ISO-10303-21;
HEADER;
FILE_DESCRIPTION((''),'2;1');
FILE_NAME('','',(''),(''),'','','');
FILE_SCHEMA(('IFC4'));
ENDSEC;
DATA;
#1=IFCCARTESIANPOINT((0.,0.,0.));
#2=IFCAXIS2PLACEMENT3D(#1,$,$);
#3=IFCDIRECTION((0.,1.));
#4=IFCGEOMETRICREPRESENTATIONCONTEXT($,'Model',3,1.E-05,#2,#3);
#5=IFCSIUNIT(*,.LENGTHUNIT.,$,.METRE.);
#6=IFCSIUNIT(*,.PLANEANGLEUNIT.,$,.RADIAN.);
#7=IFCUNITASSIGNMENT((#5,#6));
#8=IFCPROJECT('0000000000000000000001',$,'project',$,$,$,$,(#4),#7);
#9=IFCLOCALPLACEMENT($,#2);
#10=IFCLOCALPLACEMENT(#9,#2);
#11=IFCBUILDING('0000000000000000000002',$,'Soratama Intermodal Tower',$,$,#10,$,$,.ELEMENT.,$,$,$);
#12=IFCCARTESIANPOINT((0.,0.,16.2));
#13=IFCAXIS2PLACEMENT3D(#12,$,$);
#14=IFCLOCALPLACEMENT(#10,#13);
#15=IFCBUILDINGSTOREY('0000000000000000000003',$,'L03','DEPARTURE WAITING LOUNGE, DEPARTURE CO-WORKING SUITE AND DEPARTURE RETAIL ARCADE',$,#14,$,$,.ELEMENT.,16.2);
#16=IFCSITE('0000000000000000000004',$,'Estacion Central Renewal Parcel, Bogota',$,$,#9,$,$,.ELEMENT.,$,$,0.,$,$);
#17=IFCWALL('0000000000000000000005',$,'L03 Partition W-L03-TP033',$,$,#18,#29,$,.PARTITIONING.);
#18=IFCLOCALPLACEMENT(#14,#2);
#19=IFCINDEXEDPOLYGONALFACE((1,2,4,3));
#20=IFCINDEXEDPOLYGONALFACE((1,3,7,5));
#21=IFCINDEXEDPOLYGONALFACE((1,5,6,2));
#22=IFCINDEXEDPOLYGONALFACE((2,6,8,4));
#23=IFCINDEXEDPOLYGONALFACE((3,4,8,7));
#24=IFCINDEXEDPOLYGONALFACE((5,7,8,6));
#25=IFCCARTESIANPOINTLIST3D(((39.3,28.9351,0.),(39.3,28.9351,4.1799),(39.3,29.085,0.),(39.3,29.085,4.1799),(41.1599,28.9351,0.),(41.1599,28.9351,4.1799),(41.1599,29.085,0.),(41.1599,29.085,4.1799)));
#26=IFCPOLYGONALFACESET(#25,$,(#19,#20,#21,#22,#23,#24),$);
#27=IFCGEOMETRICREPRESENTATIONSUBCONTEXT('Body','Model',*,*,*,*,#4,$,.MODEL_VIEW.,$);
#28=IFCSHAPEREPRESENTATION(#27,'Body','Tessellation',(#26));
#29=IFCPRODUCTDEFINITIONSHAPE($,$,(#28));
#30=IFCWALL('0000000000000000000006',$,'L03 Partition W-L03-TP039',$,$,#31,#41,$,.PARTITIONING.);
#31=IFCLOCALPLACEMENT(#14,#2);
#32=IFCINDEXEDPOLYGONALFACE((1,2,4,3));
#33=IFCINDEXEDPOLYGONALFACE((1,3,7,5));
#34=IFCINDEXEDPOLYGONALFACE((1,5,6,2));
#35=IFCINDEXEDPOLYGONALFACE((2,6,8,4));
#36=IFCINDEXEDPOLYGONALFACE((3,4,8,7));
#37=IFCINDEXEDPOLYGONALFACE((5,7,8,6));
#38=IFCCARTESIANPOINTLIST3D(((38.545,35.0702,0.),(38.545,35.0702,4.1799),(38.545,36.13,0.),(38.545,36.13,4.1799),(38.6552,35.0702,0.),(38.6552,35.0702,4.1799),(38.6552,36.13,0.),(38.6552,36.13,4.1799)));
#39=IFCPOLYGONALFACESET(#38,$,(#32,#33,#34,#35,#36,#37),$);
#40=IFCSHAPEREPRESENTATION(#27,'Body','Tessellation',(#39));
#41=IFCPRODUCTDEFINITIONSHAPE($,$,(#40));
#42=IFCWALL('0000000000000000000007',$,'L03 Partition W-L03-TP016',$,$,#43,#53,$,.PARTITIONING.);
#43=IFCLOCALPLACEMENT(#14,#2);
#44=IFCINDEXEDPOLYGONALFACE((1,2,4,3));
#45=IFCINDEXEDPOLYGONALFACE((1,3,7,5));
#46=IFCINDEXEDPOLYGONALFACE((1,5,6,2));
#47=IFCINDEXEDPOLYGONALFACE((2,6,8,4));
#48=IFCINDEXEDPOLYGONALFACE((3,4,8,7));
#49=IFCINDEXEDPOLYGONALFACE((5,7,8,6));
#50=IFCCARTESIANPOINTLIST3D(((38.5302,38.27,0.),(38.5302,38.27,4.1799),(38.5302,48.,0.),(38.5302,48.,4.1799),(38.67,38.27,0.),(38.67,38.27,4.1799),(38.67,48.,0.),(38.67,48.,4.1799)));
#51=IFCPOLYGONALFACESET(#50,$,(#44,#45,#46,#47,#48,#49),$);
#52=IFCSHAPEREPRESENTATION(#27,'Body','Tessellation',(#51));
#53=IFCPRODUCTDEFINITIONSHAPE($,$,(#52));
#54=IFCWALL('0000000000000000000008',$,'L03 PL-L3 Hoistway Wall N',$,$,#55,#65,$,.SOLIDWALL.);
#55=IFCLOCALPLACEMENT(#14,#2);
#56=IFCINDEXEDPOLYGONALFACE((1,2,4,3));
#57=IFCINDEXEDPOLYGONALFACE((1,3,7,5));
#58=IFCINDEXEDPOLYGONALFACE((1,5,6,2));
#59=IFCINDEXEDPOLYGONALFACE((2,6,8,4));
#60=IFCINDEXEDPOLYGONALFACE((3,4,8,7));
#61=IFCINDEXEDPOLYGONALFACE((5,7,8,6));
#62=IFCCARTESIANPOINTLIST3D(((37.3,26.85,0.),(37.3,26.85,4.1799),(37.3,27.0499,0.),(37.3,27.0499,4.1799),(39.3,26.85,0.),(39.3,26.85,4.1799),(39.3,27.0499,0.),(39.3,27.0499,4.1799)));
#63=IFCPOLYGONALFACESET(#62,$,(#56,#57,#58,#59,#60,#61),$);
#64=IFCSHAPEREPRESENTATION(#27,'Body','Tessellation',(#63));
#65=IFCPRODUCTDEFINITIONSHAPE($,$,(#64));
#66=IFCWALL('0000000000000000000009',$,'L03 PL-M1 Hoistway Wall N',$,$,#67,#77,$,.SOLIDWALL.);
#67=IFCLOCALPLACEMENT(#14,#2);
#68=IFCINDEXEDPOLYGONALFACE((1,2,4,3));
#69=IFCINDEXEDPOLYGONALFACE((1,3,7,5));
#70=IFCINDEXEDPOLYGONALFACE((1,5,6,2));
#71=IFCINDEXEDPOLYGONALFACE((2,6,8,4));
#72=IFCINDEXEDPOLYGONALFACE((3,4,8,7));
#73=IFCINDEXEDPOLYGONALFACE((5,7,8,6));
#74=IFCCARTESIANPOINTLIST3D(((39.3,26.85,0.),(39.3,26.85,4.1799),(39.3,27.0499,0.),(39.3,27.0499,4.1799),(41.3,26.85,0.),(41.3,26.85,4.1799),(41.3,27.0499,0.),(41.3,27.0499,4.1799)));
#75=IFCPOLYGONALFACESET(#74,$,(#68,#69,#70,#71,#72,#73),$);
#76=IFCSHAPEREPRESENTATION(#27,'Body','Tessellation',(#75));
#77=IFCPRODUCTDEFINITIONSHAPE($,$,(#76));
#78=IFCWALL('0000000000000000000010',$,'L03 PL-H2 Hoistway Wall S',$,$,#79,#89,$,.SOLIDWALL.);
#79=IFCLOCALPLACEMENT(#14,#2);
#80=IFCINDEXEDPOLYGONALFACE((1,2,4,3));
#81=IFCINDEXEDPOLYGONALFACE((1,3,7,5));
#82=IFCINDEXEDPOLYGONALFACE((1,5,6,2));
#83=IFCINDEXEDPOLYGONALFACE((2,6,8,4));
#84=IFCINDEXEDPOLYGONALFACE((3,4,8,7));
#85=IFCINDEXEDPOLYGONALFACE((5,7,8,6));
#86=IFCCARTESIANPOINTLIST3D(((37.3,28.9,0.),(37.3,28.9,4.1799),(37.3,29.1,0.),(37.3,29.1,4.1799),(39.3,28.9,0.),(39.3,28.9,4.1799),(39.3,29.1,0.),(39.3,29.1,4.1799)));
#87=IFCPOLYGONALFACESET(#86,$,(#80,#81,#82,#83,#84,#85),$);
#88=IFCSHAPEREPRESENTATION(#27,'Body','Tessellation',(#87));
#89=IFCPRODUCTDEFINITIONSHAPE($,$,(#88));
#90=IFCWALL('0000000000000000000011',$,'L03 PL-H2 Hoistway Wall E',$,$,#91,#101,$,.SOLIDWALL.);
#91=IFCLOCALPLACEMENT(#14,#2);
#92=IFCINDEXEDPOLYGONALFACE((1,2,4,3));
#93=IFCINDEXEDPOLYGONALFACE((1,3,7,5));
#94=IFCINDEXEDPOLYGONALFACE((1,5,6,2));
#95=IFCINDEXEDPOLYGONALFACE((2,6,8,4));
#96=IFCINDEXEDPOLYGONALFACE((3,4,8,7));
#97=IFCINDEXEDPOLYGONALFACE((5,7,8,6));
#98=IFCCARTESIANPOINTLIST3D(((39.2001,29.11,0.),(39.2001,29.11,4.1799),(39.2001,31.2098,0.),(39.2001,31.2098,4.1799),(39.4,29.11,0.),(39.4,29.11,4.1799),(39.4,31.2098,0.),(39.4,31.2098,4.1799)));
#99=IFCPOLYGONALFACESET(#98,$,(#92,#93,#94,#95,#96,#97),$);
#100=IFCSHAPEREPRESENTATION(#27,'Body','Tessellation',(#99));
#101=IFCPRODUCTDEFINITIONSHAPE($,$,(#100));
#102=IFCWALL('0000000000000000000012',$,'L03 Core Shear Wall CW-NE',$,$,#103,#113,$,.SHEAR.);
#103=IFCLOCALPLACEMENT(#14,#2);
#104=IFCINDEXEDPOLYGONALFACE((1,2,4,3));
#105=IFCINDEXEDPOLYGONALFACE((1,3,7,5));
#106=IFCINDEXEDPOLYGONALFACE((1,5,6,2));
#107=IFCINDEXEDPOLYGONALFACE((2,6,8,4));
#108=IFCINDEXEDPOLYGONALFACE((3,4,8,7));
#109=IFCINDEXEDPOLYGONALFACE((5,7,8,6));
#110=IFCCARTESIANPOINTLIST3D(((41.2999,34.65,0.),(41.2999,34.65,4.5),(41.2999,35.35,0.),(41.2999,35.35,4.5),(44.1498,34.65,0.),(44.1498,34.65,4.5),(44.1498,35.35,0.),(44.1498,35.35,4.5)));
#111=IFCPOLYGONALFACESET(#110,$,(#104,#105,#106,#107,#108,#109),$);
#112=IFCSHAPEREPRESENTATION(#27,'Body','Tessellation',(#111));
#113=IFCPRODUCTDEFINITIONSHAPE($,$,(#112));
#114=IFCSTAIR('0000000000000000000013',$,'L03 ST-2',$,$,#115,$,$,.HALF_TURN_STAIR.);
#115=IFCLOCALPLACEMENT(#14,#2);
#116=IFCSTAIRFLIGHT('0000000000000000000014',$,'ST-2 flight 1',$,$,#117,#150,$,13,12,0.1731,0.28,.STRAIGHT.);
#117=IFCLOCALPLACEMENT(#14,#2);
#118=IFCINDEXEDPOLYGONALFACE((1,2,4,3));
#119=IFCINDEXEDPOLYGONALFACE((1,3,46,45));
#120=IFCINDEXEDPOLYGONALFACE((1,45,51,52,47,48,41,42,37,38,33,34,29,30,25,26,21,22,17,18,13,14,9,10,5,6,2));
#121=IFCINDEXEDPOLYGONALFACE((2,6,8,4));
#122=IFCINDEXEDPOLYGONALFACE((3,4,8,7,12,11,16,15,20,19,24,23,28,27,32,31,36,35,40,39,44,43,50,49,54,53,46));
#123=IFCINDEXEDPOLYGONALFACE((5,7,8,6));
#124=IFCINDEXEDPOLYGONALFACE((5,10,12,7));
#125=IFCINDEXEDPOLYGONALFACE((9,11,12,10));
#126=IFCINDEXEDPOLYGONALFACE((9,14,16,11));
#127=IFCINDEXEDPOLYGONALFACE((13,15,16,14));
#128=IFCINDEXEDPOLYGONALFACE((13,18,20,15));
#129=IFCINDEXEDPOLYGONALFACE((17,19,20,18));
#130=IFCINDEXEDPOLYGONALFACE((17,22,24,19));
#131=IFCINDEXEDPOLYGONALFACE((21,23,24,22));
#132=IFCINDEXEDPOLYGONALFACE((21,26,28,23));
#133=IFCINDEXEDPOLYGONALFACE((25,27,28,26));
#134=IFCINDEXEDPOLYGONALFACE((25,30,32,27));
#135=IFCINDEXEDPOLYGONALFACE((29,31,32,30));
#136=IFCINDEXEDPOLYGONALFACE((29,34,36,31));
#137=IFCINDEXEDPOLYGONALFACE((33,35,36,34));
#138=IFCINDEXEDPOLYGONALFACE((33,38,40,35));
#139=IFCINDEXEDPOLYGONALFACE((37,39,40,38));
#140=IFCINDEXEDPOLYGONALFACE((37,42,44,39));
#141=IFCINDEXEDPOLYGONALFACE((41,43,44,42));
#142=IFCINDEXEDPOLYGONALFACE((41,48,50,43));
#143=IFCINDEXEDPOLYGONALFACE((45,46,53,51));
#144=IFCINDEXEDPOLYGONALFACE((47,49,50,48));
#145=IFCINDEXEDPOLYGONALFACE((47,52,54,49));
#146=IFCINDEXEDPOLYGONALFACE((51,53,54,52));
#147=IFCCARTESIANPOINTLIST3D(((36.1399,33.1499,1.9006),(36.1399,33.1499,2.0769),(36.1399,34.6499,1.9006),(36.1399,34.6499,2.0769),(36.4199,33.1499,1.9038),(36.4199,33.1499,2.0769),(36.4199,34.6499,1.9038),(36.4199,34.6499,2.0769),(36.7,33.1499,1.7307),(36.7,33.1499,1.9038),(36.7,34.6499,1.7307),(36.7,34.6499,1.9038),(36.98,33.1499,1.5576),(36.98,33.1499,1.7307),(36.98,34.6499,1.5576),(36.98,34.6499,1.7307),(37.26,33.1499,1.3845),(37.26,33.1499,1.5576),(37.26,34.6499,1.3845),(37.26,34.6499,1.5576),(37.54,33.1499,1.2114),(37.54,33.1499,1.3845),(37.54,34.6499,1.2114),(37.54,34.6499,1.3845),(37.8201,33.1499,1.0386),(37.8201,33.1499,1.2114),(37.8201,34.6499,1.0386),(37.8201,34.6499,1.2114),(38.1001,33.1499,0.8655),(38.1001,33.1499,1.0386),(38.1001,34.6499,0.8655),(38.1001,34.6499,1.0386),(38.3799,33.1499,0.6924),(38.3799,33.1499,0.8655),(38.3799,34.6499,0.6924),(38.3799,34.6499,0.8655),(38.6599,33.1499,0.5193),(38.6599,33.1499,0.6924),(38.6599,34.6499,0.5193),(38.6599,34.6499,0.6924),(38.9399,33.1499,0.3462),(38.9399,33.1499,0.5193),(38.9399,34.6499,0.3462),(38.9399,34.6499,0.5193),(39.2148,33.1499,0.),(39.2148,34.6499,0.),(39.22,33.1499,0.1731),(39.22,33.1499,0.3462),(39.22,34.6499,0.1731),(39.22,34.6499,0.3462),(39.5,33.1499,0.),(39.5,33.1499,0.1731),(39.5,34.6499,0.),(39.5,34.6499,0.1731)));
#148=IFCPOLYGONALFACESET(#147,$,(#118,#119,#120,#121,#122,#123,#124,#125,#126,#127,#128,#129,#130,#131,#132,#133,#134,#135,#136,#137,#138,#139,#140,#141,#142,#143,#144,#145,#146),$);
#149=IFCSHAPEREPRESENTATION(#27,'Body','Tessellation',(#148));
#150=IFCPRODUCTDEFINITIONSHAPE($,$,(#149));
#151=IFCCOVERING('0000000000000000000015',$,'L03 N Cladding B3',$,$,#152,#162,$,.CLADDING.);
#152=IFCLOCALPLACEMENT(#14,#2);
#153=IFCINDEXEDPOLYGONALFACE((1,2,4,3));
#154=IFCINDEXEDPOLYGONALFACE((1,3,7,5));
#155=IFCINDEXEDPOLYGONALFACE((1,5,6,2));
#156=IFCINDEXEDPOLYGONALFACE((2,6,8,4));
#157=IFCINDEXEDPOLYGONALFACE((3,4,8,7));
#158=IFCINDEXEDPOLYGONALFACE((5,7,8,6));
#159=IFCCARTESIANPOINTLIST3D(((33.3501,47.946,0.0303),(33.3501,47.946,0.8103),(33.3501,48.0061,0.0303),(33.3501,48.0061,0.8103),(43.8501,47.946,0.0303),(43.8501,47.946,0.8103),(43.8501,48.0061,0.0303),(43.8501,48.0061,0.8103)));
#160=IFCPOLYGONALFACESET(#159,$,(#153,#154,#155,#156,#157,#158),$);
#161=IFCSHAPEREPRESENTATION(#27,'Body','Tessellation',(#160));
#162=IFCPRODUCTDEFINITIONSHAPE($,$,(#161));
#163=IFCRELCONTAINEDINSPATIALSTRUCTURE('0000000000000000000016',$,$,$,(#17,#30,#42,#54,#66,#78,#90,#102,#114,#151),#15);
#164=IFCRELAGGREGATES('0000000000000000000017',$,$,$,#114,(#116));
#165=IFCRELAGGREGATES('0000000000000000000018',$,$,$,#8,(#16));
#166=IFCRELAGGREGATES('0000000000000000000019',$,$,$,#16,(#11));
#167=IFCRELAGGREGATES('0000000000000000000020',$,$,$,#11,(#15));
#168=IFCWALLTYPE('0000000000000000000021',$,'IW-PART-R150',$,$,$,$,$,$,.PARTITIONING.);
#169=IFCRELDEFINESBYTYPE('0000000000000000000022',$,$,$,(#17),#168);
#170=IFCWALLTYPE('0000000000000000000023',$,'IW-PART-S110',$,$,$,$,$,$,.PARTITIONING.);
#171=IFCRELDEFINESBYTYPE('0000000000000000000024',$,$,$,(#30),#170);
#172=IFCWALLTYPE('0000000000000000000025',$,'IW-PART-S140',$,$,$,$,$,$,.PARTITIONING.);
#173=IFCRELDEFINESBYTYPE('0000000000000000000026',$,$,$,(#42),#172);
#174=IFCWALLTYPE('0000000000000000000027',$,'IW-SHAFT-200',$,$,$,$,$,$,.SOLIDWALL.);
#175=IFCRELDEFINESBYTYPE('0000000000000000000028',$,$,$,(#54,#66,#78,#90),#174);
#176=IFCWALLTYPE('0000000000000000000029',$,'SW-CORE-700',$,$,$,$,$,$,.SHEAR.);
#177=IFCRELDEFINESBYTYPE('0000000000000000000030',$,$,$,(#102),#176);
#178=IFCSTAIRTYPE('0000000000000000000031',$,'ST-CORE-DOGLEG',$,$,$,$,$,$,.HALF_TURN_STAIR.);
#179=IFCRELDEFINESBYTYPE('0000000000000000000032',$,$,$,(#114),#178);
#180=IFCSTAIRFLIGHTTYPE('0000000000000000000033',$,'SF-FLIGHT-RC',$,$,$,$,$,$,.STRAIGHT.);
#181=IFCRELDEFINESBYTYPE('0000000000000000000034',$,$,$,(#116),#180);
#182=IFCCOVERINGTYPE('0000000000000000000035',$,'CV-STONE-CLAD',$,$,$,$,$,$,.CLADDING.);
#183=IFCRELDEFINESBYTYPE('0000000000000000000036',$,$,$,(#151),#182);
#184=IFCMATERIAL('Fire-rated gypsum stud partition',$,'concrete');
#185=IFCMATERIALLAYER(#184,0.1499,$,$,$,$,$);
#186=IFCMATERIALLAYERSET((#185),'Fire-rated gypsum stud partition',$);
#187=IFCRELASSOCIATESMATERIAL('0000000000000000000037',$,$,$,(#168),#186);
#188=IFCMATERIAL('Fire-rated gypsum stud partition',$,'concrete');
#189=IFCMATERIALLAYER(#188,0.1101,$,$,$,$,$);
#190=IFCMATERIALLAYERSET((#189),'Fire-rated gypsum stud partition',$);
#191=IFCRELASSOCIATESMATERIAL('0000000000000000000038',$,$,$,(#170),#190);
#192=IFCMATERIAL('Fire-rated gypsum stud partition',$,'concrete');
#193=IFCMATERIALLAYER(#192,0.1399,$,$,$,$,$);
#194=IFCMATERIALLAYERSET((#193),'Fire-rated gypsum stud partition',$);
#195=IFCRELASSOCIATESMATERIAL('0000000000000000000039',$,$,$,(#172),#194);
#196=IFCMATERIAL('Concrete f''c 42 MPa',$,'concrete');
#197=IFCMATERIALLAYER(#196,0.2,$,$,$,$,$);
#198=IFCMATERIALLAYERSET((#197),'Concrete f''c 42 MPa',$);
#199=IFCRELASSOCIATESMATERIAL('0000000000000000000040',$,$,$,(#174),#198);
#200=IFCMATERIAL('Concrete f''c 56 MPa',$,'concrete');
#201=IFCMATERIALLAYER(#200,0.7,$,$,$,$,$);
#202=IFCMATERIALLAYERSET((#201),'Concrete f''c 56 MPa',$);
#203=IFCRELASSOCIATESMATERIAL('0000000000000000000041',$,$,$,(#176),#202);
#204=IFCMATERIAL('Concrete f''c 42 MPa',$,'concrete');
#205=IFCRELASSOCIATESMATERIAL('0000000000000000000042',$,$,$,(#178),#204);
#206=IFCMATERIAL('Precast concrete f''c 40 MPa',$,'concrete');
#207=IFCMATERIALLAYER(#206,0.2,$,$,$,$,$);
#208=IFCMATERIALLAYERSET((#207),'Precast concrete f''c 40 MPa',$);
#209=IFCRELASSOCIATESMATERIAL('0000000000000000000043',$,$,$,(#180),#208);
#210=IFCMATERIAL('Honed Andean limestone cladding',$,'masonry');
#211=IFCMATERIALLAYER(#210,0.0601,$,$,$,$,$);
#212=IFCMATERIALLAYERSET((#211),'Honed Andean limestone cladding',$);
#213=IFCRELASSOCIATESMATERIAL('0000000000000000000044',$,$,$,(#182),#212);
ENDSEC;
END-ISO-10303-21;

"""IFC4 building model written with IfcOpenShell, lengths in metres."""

from ifc_helpers import new_model, si_unit, direction, frame, frame_2d, origin, origin_2d, place, context, subcontext, project, spatial, polyline, rectangle, outline, extrude, material, layer, layer_set, type_object, element, aggregate, save


model = new_model("IFC4")

# Units and contexts
model_context = context("Model", 3, precision=1e-05, world=origin(), true_north=direction((0.0, 1.0)))
body_context = subcontext(model_context, "Body", "Model", "MODEL_VIEW")
ifc_project = project(units=[si_unit("LENGTHUNIT", "METRE"), si_unit("PLANEANGLEUNIT", "RADIAN")], contexts=[model_context])

# Site, building, storey
site_placement = place(None, origin())
site = spatial("IfcSite", under=ifc_project, at=site_placement, Name="Estacion Central Renewal Parcel, Bogota", CompositionType="ELEMENT", RefElevation=0.0)
building_placement = place(site_placement, origin())
building = spatial("IfcBuilding", under=site, at=building_placement, Name="Soratama Intermodal Tower", CompositionType="ELEMENT")
storey_placement = place(building_placement, frame((0.0, 0.0, 16.2)))
storey = spatial("IfcBuildingStorey", under=building, at=storey_placement, Name="L03", Description="DEPARTURE WAITING LOUNGE, DEPARTURE CO-WORKING SUITE AND DEPARTURE RETAIL ARCADE", CompositionType="ELEMENT", Elevation=16.2)

# Shared definitions
ifc_material_1 = material(Name="Fire-rated gypsum stud partition", Category="concrete")
ifc_layer_1 = layer(ifc_material_1, 0.1499)
ifc_layer_set_1 = layer_set([ifc_layer_1], Name="Fire-rated gypsum stud partition")
wall_type_1 = type_object("IfcWallType", Name="IW-PART-R150", PredefinedType="PARTITIONING", material=ifc_layer_set_1)

# Walls
wall_1_placement = place(storey_placement, frame((39.3, 29.01, 0.0), z_axis=(0.0, 0.0, 1.0), x_axis=(1.0, 0.0, 0.0)))
element("IfcWall", 1, at=wall_1_placement, inside=storey, type_object=wall_type_1, Name="L03 Partition W-L03-TP033", PredefinedType="PARTITIONING", context=body_context, shape_type="SweptSolid", body=[
    extrude(rectangle(XDim=1.8599, YDim=0.1499, at=frame_2d((0.9299, 0.0))), origin(), (0.0, 0.0, 1.0), 4.1799),
])
ifc_material_2 = material(Name="Fire-rated gypsum stud partition", Category="concrete")
ifc_layer_2 = layer(ifc_material_2, 0.1101)
ifc_layer_set_2 = layer_set([ifc_layer_2], Name="Fire-rated gypsum stud partition")
wall_type_2 = type_object("IfcWallType", Name="IW-PART-S110", PredefinedType="PARTITIONING", material=ifc_layer_set_2)
wall_2_placement = place(storey_placement, frame((38.6001, 36.1299, 0.0), z_axis=(0.0, 0.0, 1.0), x_axis=(0.0, -1.0, 0.0)))
element("IfcWall", 2, at=wall_2_placement, inside=storey, type_object=wall_type_2, Name="L03 Partition W-L03-TP039", PredefinedType="PARTITIONING", context=body_context, shape_type="SweptSolid", body=[
    extrude(rectangle(XDim=1.0598, YDim=0.1101, at=frame_2d((0.5298, 0.0))), origin(), (0.0, 0.0, 1.0), 4.1799),
])
ifc_material_3 = material(Name="Fire-rated gypsum stud partition", Category="concrete")
ifc_layer_3 = layer(ifc_material_3, 0.1399)
ifc_layer_set_3 = layer_set([ifc_layer_3], Name="Fire-rated gypsum stud partition")
wall_type_3 = type_object("IfcWallType", Name="IW-PART-S140", PredefinedType="PARTITIONING", material=ifc_layer_set_3)
wall_3_placement = place(storey_placement, frame((38.6001, 38.27, 0.0), z_axis=(0.0, 0.0, 1.0), x_axis=(0.0, 1.0, 0.0)))
element("IfcWall", 3, at=wall_3_placement, inside=storey, type_object=wall_type_3, Name="L03 Partition W-L03-TP016", PredefinedType="PARTITIONING", context=body_context, shape_type="SweptSolid", body=[
    extrude(rectangle(XDim=9.73, YDim=0.1399, at=frame_2d((4.865, 0.0))), origin(), (0.0, 0.0, 1.0), 4.1799),
])
ifc_material_4 = material(Name="Concrete f'c 42 MPa", Category="concrete")
ifc_layer_4 = layer(ifc_material_4, 0.2)
ifc_layer_set_4 = layer_set([ifc_layer_4], Name="Concrete f'c 42 MPa")
wall_type_4 = type_object("IfcWallType", Name="IW-SHAFT-200", PredefinedType="SOLIDWALL", material=ifc_layer_set_4)
for number, where, z_axis, x_axis, name in (
    (4, (37.3, 26.95, 0.0), (0.0, 0.0, 1.0), (1.0, 0.0, 0.0), "L03 PL-L3 Hoistway Wall N"),
    (5, (39.3, 26.95, 0.0), (0.0, 0.0, 1.0), (1.0, 0.0, 0.0), "L03 PL-M1 Hoistway Wall N"),
    (6, (37.3, 29.0, 0.0), (0.0, 0.0, 1.0), (1.0, 0.0, 0.0), "L03 PL-H2 Hoistway Wall S"),
):
    element("IfcWall", number, at=place(storey_placement, frame(where, z_axis=z_axis, x_axis=x_axis)), inside=storey, type_object=wall_type_4, Name=name, PredefinedType="SOLIDWALL", context=body_context, shape_type="SweptSolid", body=[
        extrude(rectangle(XDim=2.0, YDim=0.2, at=frame_2d((1.0, 0.0))), origin(), (0.0, 0.0, 1.0), 4.1799),
    ])
wall_4_placement = place(storey_placement, frame((39.3, 29.1101, 0.0), z_axis=(0.0, 0.0, 1.0), x_axis=(0.0, 1.0, 0.0)))
element("IfcWall", 7, at=wall_4_placement, inside=storey, type_object=wall_type_4, Name="L03 PL-H2 Hoistway Wall E", PredefinedType="SOLIDWALL", context=body_context, shape_type="SweptSolid", body=[
    extrude(rectangle(XDim=2.0999, YDim=0.2, at=frame_2d((1.0498, 0.0))), origin(), (0.0, 0.0, 1.0), 4.1799),
])
ifc_material_5 = material(Name="Concrete f'c 56 MPa", Category="concrete")
ifc_layer_5 = layer(ifc_material_5, 0.7)
ifc_layer_set_5 = layer_set([ifc_layer_5], Name="Concrete f'c 56 MPa")
wall_type_5 = type_object("IfcWallType", Name="SW-CORE-700", PredefinedType="SHEAR", material=ifc_layer_set_5)
wall_5_placement = place(storey_placement, frame((41.3, 35.0, 0.0), z_axis=(0.0, 0.0, 1.0), x_axis=(1.0, 0.0, 0.0)))
element("IfcWall", 8, at=wall_5_placement, inside=storey, type_object=wall_type_5, Name="L03 Core Shear Wall CW-NE", PredefinedType="SHEAR", context=body_context, shape_type="SweptSolid", body=[
    extrude(rectangle(XDim=2.8499, YDim=0.7, at=frame_2d((1.4248, 0.0))), origin(), (0.0, 0.0, 1.0), 4.5),
])

# Stair, stair flight
ifc_material_6 = material(Name="Concrete f'c 42 MPa", Category="concrete")
stair_type = type_object("IfcStairType", Name="ST-CORE-DOGLEG", PredefinedType="HALF_TURN_STAIR", material=ifc_material_6)
stair_placement = place(storey_placement, origin())
stair = element("IfcStair", 9, at=stair_placement, inside=storey, type_object=stair_type, Name="L03 ST-2", PredefinedType="HALF_TURN_STAIR")
ifc_material_7 = material(Name="Precast concrete f'c 40 MPa", Category="concrete")
ifc_layer_6 = layer(ifc_material_7, 0.2)
ifc_layer_set_6 = layer_set([ifc_layer_6], Name="Precast concrete f'c 40 MPa")
stair_flight_type = type_object("IfcStairFlightType", Name="SF-FLIGHT-RC", PredefinedType="STRAIGHT", material=ifc_layer_set_6)
stair_flight_placement = place(storey_placement, frame((39.5, 33.8999, 0.0), z_axis=(0.0, 0.0, 1.0), x_axis=(-1.0, 0.0, 0.0)))
stair_flight = element("IfcStairFlight", 10, at=stair_flight_placement, type_object=stair_flight_type, Name="ST-2 flight 1", NumberOfRisers=13, NumberOfTreads=12, PredefinedType="STRAIGHT", RiserHeight=0.1731, TreadLength=0.28, context=body_context, shape_type="SweptSolid", body=[
    extrude(outline(polyline([(0.0, 0.0), (0.0, 0.1731), (0.28, 0.1731), (0.28, 0.3462), (0.5601, 0.3462), (0.5601, 0.5193), (0.8401, 0.5193), (0.8401, 0.6924), (1.1201, 0.6924), (1.1201, 0.8655), (1.3999, 0.8655), (1.3999, 1.0386), (1.6799, 1.0386), (1.6799, 1.2114), (1.96, 1.2114), (1.96, 1.3845), (2.24, 1.3845), (2.24, 1.5576), (2.52, 1.5576), (2.52, 1.7307), (2.8, 1.7307), (2.8, 1.9038), (3.0801, 1.9038), (3.0801, 2.0769), (3.3601, 2.0769), (3.3601, 2.25), (3.3601, 1.9006), (0.2852, 0.0), (0.0, 0.0)])), frame((0.0, 0.75, 0.0), z_axis=(0.0, -1.0, 0.0), x_axis=(1.0, 0.0, 0.0)), (0.0, 0.0, 1.0), 1.5),
])
aggregate(stair, [stair_flight])

# Covering
ifc_material_8 = material(Name="Honed Andean limestone cladding", Category="masonry")
ifc_layer_7 = layer(ifc_material_8, 0.0601)
ifc_layer_set_7 = layer_set([ifc_layer_7], Name="Honed Andean limestone cladding")
covering_type = type_object("IfcCoveringType", Name="CV-STONE-CLAD", PredefinedType="CLADDING", material=ifc_layer_set_7)
covering_placement = place(storey_placement, frame((38.6001, 47.9761, 0.0303), z_axis=(0.0, 0.0, 1.0), x_axis=(1.0, 0.0, 0.0)))
element("IfcCovering", 11, at=covering_placement, inside=storey, type_object=covering_type, Name="L03 N Cladding B3", PredefinedType="CLADDING", context=body_context, shape_type="SweptSolid", body=[
    extrude(rectangle(XDim=10.5, YDim=0.0601, at=origin_2d()), origin(), (0.0, 0.0, 1.0), 0.78),
])

save(model, "model.ifc")
